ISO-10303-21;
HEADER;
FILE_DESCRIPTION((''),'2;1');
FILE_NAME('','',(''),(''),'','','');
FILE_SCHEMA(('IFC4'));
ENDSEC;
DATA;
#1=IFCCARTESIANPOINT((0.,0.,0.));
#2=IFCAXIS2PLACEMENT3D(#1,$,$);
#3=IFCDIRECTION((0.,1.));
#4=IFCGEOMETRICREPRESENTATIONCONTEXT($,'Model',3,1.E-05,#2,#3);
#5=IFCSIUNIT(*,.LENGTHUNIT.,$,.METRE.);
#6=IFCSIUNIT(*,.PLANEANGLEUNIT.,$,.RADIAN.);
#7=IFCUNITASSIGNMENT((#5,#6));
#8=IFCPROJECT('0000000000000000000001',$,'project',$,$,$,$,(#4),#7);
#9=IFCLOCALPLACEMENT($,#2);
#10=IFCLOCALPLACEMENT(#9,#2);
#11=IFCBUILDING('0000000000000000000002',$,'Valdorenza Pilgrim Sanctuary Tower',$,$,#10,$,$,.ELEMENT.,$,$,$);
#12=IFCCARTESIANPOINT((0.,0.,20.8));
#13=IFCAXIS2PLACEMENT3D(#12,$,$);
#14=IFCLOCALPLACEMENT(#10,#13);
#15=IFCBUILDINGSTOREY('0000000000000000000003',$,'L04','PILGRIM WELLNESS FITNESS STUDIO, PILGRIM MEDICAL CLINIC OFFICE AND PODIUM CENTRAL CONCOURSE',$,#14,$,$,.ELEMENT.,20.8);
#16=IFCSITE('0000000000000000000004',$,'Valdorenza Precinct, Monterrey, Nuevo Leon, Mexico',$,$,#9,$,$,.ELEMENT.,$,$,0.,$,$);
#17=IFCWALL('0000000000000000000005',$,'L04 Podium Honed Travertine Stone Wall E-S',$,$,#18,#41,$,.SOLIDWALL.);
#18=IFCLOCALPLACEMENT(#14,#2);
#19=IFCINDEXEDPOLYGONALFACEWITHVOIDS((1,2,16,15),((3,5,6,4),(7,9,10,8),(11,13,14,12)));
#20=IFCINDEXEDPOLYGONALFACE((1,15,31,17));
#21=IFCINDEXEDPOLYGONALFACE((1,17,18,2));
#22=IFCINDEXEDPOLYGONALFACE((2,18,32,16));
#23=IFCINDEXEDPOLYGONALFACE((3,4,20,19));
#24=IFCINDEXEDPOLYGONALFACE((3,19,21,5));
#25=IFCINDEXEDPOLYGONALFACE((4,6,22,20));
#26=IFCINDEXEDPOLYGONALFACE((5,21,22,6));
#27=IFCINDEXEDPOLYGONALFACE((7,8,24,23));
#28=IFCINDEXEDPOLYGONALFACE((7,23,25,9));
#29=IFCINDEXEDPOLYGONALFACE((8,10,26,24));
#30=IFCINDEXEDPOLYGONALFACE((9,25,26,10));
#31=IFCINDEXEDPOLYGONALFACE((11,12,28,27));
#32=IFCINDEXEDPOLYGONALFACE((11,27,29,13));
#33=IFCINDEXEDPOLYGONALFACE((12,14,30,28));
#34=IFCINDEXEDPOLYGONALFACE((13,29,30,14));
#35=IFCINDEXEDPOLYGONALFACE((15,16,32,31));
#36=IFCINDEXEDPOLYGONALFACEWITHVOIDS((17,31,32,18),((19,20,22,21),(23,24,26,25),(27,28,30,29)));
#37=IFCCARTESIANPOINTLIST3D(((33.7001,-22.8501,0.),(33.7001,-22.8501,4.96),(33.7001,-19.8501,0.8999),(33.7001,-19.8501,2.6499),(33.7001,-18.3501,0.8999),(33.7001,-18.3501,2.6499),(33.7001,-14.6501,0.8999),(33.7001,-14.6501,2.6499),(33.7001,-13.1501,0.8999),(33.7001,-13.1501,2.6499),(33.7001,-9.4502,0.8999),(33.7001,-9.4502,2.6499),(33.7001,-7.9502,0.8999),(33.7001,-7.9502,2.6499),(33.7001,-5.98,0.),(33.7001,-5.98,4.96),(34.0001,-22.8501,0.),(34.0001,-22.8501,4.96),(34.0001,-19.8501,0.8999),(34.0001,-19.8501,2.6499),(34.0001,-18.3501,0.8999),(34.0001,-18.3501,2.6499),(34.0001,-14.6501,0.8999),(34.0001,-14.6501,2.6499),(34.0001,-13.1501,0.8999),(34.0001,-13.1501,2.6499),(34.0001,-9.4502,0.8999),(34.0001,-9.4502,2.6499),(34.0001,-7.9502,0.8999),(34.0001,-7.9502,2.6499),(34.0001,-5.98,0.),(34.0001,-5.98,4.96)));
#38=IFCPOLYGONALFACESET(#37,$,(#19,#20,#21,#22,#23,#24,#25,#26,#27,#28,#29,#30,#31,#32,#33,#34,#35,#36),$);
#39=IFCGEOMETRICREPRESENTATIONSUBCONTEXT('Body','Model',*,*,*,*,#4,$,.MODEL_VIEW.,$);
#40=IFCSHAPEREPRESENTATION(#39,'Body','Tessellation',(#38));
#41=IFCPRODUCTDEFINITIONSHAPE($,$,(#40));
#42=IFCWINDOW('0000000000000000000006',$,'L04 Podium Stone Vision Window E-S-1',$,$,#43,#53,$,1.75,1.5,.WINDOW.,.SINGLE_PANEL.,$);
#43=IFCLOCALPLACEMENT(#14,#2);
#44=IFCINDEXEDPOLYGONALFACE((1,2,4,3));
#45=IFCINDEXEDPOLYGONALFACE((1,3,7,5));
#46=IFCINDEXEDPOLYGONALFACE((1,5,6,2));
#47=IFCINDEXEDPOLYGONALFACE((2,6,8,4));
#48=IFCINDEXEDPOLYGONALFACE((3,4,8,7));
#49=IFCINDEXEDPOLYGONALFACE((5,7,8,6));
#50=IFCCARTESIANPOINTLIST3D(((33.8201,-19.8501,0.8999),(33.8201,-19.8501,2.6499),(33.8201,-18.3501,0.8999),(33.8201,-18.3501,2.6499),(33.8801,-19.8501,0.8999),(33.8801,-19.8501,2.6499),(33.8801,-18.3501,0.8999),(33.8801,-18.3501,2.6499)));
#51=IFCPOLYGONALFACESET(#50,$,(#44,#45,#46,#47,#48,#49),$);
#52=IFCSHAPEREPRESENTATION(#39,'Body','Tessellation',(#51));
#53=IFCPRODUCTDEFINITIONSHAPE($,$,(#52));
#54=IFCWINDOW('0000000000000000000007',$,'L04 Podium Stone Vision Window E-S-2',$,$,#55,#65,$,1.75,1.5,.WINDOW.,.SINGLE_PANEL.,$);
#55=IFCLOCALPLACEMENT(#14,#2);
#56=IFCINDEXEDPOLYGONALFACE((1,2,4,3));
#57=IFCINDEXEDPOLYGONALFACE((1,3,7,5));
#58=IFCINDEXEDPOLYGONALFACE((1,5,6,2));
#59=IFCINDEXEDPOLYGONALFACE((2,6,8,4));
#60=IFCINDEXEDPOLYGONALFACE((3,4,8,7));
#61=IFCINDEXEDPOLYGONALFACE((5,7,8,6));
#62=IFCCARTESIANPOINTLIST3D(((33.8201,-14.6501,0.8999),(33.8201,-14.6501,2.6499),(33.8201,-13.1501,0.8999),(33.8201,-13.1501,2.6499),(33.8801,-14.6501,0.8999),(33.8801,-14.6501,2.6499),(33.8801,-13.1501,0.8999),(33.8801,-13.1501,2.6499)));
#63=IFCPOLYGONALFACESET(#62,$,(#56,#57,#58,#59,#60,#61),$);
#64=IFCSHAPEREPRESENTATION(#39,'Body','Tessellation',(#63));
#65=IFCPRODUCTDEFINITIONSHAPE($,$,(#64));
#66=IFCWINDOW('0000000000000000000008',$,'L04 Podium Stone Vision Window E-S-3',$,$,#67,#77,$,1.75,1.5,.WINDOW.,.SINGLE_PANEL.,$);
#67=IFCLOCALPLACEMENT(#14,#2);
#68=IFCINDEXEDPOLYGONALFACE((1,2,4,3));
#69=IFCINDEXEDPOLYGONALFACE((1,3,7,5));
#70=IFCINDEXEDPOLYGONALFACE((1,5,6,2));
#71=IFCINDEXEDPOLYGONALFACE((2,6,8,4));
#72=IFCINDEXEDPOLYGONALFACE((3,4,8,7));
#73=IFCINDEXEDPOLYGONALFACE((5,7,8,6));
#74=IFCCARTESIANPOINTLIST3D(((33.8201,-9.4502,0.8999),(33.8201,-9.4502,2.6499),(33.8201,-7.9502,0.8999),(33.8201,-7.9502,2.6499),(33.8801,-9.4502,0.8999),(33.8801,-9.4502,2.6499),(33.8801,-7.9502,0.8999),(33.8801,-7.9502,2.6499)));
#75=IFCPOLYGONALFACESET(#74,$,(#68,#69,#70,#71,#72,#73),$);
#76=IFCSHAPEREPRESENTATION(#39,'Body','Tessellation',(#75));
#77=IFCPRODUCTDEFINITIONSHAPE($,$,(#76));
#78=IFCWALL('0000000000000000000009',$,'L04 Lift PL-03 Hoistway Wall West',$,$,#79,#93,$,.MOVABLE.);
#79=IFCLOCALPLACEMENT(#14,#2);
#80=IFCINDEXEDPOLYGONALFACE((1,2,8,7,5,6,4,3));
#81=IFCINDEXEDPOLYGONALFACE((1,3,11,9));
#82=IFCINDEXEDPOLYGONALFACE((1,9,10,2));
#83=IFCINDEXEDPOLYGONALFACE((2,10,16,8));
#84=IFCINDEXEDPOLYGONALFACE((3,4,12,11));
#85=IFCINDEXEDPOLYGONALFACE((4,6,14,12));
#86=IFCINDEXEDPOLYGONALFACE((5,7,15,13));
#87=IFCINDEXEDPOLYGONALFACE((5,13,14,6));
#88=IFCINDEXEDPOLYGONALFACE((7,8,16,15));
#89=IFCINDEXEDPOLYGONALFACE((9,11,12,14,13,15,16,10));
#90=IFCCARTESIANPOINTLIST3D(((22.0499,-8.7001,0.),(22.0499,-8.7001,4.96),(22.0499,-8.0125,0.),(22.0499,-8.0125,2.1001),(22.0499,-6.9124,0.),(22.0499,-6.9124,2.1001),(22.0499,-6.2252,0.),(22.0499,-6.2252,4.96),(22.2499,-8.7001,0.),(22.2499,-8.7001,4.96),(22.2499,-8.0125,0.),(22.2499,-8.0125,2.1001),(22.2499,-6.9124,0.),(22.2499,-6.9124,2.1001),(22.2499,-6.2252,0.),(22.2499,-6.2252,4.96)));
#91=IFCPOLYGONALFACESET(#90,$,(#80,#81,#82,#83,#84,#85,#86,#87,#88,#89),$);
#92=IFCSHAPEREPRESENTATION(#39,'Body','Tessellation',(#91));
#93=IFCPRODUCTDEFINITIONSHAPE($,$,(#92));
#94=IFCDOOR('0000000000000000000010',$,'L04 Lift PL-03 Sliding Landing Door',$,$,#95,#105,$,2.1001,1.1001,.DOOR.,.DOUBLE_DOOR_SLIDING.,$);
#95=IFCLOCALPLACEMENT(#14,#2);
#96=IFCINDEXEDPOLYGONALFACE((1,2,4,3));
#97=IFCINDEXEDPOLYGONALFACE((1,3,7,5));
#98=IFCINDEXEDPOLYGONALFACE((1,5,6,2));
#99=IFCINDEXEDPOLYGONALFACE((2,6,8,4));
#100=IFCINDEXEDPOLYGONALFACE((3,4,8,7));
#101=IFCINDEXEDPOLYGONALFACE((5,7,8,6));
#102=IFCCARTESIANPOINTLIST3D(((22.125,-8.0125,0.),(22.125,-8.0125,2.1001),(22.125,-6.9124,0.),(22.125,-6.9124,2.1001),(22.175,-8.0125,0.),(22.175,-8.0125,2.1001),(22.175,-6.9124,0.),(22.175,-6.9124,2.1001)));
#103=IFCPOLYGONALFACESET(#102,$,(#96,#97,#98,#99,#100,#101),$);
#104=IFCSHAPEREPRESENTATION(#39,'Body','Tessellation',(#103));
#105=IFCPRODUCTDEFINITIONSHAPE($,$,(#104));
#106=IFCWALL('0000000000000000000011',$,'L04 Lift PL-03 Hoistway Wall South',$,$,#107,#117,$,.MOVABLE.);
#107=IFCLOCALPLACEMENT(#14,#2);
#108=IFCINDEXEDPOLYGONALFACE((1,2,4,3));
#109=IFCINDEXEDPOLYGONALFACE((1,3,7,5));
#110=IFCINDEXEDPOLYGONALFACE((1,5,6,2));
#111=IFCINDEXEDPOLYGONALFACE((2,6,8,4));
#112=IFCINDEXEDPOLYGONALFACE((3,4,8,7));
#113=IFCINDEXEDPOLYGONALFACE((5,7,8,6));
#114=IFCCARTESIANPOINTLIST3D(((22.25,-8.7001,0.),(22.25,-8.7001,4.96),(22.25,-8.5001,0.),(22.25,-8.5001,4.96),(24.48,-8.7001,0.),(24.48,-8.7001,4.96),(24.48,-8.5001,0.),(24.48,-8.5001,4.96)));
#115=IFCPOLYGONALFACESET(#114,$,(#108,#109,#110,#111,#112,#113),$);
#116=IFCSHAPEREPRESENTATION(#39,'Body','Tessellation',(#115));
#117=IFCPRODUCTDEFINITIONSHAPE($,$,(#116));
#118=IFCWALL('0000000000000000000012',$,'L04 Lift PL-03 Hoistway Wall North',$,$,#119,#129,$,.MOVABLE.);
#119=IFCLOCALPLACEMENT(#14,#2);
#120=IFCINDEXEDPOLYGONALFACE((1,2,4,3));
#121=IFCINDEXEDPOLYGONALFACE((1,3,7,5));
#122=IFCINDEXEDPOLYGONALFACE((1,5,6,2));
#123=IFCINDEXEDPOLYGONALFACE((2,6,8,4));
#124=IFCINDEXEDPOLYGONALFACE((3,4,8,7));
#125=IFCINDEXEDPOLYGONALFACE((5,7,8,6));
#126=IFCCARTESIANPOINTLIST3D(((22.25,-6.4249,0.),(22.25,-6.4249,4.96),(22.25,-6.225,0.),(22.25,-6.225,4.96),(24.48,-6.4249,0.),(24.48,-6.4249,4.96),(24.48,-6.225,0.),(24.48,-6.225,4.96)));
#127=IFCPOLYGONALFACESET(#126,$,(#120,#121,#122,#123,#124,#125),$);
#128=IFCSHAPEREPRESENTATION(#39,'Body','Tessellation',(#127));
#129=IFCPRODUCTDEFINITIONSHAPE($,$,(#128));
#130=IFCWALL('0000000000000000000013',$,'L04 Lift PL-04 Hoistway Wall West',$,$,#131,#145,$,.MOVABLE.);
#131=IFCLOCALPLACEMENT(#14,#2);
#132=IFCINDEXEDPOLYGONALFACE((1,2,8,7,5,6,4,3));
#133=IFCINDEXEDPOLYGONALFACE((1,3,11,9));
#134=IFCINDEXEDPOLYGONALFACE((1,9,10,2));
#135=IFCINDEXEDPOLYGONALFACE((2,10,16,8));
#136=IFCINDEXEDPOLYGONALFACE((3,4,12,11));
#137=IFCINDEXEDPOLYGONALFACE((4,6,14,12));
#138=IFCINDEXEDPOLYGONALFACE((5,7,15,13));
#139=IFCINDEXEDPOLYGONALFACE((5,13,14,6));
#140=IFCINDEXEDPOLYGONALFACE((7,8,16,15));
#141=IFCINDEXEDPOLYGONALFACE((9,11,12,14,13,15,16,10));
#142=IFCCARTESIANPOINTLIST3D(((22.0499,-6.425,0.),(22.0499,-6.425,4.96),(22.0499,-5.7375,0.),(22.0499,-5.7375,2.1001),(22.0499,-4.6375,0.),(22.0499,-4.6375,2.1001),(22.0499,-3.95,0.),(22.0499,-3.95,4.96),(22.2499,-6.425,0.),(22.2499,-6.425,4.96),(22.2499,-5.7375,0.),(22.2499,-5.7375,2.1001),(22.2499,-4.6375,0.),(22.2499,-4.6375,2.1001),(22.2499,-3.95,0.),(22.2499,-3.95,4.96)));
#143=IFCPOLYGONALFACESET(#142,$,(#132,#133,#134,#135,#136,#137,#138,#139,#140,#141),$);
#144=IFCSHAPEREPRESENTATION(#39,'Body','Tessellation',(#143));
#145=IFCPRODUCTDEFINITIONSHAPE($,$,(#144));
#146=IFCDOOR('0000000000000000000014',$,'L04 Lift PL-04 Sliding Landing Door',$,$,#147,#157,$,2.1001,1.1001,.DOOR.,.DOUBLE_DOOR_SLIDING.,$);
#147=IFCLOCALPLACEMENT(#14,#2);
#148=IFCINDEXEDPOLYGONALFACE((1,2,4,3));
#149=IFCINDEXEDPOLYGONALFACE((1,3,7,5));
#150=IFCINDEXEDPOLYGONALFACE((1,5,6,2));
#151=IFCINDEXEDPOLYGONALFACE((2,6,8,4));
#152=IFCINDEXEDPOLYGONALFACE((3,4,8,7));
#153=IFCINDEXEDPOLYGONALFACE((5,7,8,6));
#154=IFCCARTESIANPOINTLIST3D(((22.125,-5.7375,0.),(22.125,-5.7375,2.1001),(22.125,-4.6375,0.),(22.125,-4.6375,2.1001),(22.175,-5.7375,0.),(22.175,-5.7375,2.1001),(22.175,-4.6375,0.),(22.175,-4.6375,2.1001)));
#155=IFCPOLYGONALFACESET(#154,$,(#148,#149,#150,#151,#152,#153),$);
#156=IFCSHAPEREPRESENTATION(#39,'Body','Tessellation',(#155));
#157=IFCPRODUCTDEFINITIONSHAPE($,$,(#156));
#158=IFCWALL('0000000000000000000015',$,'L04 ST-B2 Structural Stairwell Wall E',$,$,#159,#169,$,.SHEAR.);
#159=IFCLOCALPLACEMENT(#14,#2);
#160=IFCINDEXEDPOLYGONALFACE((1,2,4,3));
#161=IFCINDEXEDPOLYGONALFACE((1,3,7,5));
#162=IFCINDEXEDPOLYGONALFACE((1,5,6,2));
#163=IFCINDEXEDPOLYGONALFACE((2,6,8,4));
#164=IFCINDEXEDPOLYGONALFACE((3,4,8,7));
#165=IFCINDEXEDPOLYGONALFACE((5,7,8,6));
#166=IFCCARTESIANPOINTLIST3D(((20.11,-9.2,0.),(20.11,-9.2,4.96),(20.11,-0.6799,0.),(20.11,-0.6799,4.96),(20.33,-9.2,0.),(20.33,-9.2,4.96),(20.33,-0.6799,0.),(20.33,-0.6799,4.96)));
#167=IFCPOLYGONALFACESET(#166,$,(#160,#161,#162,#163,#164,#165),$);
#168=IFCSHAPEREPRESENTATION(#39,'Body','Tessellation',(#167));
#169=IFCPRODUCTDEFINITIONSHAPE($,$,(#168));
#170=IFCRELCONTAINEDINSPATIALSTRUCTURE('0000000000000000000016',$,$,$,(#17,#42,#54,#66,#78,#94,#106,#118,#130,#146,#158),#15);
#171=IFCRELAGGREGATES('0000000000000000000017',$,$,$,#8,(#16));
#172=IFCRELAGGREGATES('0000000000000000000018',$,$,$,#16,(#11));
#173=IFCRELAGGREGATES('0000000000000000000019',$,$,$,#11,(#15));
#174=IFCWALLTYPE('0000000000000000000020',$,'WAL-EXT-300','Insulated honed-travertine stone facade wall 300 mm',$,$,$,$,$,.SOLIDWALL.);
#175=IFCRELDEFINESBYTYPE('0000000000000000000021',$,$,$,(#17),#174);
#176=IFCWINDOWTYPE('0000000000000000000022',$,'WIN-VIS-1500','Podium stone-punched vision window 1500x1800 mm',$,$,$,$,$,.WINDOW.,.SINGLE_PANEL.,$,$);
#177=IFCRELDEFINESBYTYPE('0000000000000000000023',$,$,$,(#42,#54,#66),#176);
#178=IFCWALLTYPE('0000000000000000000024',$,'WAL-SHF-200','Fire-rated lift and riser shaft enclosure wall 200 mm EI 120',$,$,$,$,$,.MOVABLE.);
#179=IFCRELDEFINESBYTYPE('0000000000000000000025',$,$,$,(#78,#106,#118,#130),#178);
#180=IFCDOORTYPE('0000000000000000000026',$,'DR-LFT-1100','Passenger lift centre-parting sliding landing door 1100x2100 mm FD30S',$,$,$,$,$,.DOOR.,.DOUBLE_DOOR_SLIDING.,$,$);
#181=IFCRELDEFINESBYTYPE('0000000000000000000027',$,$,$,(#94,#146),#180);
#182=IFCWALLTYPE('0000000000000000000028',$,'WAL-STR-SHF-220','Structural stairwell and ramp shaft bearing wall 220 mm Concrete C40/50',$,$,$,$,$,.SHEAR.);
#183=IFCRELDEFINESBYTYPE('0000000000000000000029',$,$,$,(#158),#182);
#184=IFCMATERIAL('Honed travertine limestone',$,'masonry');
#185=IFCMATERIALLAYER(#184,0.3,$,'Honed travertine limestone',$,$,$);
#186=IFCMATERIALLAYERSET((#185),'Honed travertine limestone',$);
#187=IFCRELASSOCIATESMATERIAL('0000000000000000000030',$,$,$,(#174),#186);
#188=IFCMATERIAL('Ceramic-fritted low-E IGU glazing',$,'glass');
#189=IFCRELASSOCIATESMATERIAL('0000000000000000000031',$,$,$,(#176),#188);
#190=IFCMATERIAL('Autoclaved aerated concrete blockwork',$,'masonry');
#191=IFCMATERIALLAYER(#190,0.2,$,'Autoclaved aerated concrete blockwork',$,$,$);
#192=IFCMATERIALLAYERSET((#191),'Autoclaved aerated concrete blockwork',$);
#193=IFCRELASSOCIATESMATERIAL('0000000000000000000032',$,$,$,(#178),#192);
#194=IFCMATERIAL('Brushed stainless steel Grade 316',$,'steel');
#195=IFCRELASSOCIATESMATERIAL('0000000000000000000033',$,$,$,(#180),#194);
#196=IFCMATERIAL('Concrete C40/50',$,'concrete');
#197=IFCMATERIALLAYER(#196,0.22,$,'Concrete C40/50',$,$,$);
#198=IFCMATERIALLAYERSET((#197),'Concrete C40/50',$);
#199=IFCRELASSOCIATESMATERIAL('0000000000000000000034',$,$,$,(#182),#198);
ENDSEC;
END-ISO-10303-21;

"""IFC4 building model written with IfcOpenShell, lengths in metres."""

from ifc_helpers import new_model, si_unit, direction, frame, frame_2d, origin, place, context, subcontext, project, spatial, rectangle, extrude, material, layer, layer_set, type_object, element, fill, save


model = new_model("IFC4")

# Units and contexts
model_context = context("Model", 3, precision=1e-05, world=origin(), true_north=direction((0.0, 1.0)))
body_context = subcontext(model_context, "Body", "Model", "MODEL_VIEW")
ifc_project = project(units=[si_unit("LENGTHUNIT", "METRE"), si_unit("PLANEANGLEUNIT", "RADIAN")], contexts=[model_context])

# Site, building, storey
site_placement = place(None, origin())
site = spatial("IfcSite", under=ifc_project, at=site_placement, Name="Valdorenza Precinct, Monterrey, Nuevo Leon, Mexico", CompositionType="ELEMENT", RefElevation=0.0)
building_placement = place(site_placement, origin())
building = spatial("IfcBuilding", under=site, at=building_placement, Name="Valdorenza Pilgrim Sanctuary Tower", CompositionType="ELEMENT")
storey_placement = place(building_placement, frame((0.0, 0.0, 20.8)))
storey = spatial("IfcBuildingStorey", under=building, at=storey_placement, Name="L04", Description="PILGRIM WELLNESS FITNESS STUDIO, PILGRIM MEDICAL CLINIC OFFICE AND PODIUM CENTRAL CONCOURSE", CompositionType="ELEMENT", Elevation=20.8)

# Wall, openings, windows
ifc_material_1 = material(Name="Honed travertine limestone", Category="masonry")
ifc_layer_1 = layer(ifc_material_1, 0.3, Name="Honed travertine limestone")
ifc_layer_set_1 = layer_set([ifc_layer_1], Name="Honed travertine limestone")
wall_type_1 = type_object("IfcWallType", Name="WAL-EXT-300", Description="Insulated honed-travertine stone facade wall 300 mm", PredefinedType="SOLIDWALL", material=ifc_layer_set_1)
wall_1_placement = place(storey_placement, frame((33.8501, -22.8501, 0.0), z_axis=(0.0, 0.0, 1.0), x_axis=(0.0, 1.0, 0.0)))
wall_1 = element("IfcWall", 1, at=wall_1_placement, inside=storey, type_object=wall_type_1, Name="L04 Podium Honed Travertine Stone Wall E-S", PredefinedType="SOLIDWALL", context=body_context, shape_type="SweptSolid", body=[
    extrude(rectangle(XDim=16.8701, YDim=0.3, at=frame_2d((8.4351, 0.0))), origin(), (0.0, 0.0, 1.0), 4.96),
])
opening_1_placement = place(wall_1_placement, frame((3.0, 0.0, 0.8999)))
opening_1 = element("IfcOpeningElement", 2, at=opening_1_placement, cuts=wall_1, PredefinedType="OPENING", context=body_context, shape_type="SweptSolid", body=[
    extrude(rectangle(XDim=1.5, YDim=1.75, at=frame_2d((0.75, 0.875))), frame((0.0, 0.165, 0.0), z_axis=(0.0, -1.0, 0.0), x_axis=(1.0, 0.0, 0.0)), (0.0, 0.0, 1.0), 0.3298),
])
opening_2_placement = place(wall_1_placement, frame((8.2, 0.0, 0.8999)))
opening_2 = element("IfcOpeningElement", 3, at=opening_2_placement, cuts=wall_1, PredefinedType="OPENING", context=body_context, shape_type="SweptSolid", body=[
    extrude(rectangle(XDim=1.5, YDim=1.75, at=frame_2d((0.75, 0.875))), frame((0.0, 0.165, 0.0), z_axis=(0.0, -1.0, 0.0), x_axis=(1.0, 0.0, 0.0)), (0.0, 0.0, 1.0), 0.3298),
])
opening_3_placement = place(wall_1_placement, frame((13.3999, 0.0, 0.8999)))
opening_3 = element("IfcOpeningElement", 4, at=opening_3_placement, cuts=wall_1, PredefinedType="OPENING", context=body_context, shape_type="SweptSolid", body=[
    extrude(rectangle(XDim=1.5, YDim=1.75, at=frame_2d((0.75, 0.875))), frame((0.0, 0.165, 0.0), z_axis=(0.0, -1.0, 0.0), x_axis=(1.0, 0.0, 0.0)), (0.0, 0.0, 1.0), 0.3298),
])
ifc_material_2 = material(Name="Ceramic-fritted low-E IGU glazing", Category="glass")
window_type = type_object("IfcWindowType", Name="WIN-VIS-1500", Description="Podium stone-punched vision window 1500x1800 mm", PartitioningType="SINGLE_PANEL", PredefinedType="WINDOW", material=ifc_material_2)
window_1_placement = place(opening_1_placement, origin())
window_1 = element("IfcWindow", 5, at=window_1_placement, inside=storey, type_object=window_type, Name="L04 Podium Stone Vision Window E-S-1", OverallHeight=1.75, OverallWidth=1.5, PartitioningType="SINGLE_PANEL", PredefinedType="WINDOW", context=body_context, shape_type="SweptSolid", body=[
    extrude(rectangle(XDim=1.5, YDim=1.75, at=frame_2d((0.75, 0.875))), frame((0.0, 0.03, 0.0), z_axis=(0.0, -1.0, 0.0), x_axis=(1.0, 0.0, 0.0)), (0.0, 0.0, 1.0), 0.0601),
])
fill(opening_1, window_1)
window_2_placement = place(opening_2_placement, origin())
window_2 = element("IfcWindow", 6, at=window_2_placement, inside=storey, type_object=window_type, Name="L04 Podium Stone Vision Window E-S-2", OverallHeight=1.75, OverallWidth=1.5, PartitioningType="SINGLE_PANEL", PredefinedType="WINDOW", context=body_context, shape_type="SweptSolid", body=[
    extrude(rectangle(XDim=1.5, YDim=1.75, at=frame_2d((0.75, 0.875))), frame((0.0, 0.03, 0.0), z_axis=(0.0, -1.0, 0.0), x_axis=(1.0, 0.0, 0.0)), (0.0, 0.0, 1.0), 0.0601),
])
fill(opening_2, window_2)
window_3_placement = place(opening_3_placement, origin())
window_3 = element("IfcWindow", 7, at=window_3_placement, inside=storey, type_object=window_type, Name="L04 Podium Stone Vision Window E-S-3", OverallHeight=1.75, OverallWidth=1.5, PartitioningType="SINGLE_PANEL", PredefinedType="WINDOW", context=body_context, shape_type="SweptSolid", body=[
    extrude(rectangle(XDim=1.5, YDim=1.75, at=frame_2d((0.75, 0.875))), frame((0.0, 0.03, 0.0), z_axis=(0.0, -1.0, 0.0), x_axis=(1.0, 0.0, 0.0)), (0.0, 0.0, 1.0), 0.0601),
])
fill(opening_3, window_3)

# Wall, opening, door
ifc_material_3 = material(Name="Autoclaved aerated concrete blockwork", Category="masonry")
ifc_layer_2 = layer(ifc_material_3, 0.2, Name="Autoclaved aerated concrete blockwork")
ifc_layer_set_2 = layer_set([ifc_layer_2], Name="Autoclaved aerated concrete blockwork")
wall_type_2 = type_object("IfcWallType", Name="WAL-SHF-200", Description="Fire-rated lift and riser shaft enclosure wall 200 mm EI 120", PredefinedType="MOVABLE", material=ifc_layer_set_2)
wall_2_placement = place(storey_placement, frame((22.1499, -8.7, 0.0), z_axis=(0.0, 0.0, 1.0), x_axis=(0.0, 1.0, 0.0)))
wall_2 = element("IfcWall", 8, at=wall_2_placement, inside=storey, type_object=wall_type_2, Name="L04 Lift PL-03 Hoistway Wall West", PredefinedType="MOVABLE", context=body_context, shape_type="SweptSolid", body=[
    extrude(rectangle(XDim=2.4749, YDim=0.2, at=frame_2d((1.2373, 0.0))), origin(), (0.0, 0.0, 1.0), 4.96),
])
opening_4_placement = place(wall_2_placement, frame((0.6875, 0.0, 0.0)))
opening_4 = element("IfcOpeningElement", 9, at=opening_4_placement, cuts=wall_2, PredefinedType="OPENING", context=body_context, shape_type="SweptSolid", body=[
    extrude(rectangle(XDim=1.1001, YDim=2.1001, at=frame_2d((0.55, 1.05))), frame((0.0, 0.1147, 0.0), z_axis=(0.0, -1.0, 0.0), x_axis=(1.0, 0.0, 0.0)), (0.0, 0.0, 1.0), 0.2297),
])
ifc_material_4 = material(Name="Brushed stainless steel Grade 316", Category="steel")
door_type_1 = type_object("IfcDoorType", Name="DR-LFT-1100", Description="Passenger lift centre-parting sliding landing door 1100x2100 mm FD30S", OperationType="DOUBLE_DOOR_SLIDING", PredefinedType="DOOR", material=ifc_material_4)
door_1_placement = place(opening_4_placement, origin())
door_1 = element("IfcDoor", 10, at=door_1_placement, inside=storey, type_object=door_type_1, Name="L04 Lift PL-03 Sliding Landing Door", OperationType="DOUBLE_DOOR_SLIDING", OverallHeight=2.1001, OverallWidth=1.1001, PredefinedType="DOOR", context=body_context, shape_type="SweptSolid", body=[
    extrude(rectangle(XDim=1.1001, YDim=2.1001, at=frame_2d((0.55, 1.05))), frame((0.0, 0.0249, 0.0), z_axis=(0.0, -1.0, 0.0), x_axis=(1.0, 0.0, 0.0)), (0.0, 0.0, 1.0), 0.05),
])
fill(opening_4, door_1)

# Walls
for number, where, z_axis, x_axis, name in (
    (11, (22.25, -8.6001, 0.0), (0.0, 0.0, 1.0), (1.0, 0.0, 0.0), "L04 Lift PL-03 Hoistway Wall South"),
    (12, (22.25, -6.325, 0.0), (0.0, 0.0, 1.0), (1.0, 0.0, 0.0), "L04 Lift PL-03 Hoistway Wall North"),
):
    element("IfcWall", number, at=place(storey_placement, frame(where, z_axis=z_axis, x_axis=x_axis)), inside=storey, type_object=wall_type_2, Name=name, PredefinedType="MOVABLE", context=body_context, shape_type="SweptSolid", body=[
        extrude(rectangle(XDim=2.23, YDim=0.2, at=frame_2d((1.115, 0.0))), origin(), (0.0, 0.0, 1.0), 4.96),
    ])

# Wall, opening, door
wall_3_placement = place(storey_placement, frame((22.1499, -6.425, 0.0), z_axis=(0.0, 0.0, 1.0), x_axis=(0.0, 1.0, 0.0)))
wall_3 = element("IfcWall", 13, at=wall_3_placement, inside=storey, type_object=wall_type_2, Name="L04 Lift PL-04 Hoistway Wall West", PredefinedType="MOVABLE", context=body_context, shape_type="SweptSolid", body=[
    extrude(rectangle(XDim=2.4751, YDim=0.2, at=frame_2d((1.2375, 0.0))), origin(), (0.0, 0.0, 1.0), 4.96),
])
opening_5_placement = place(wall_3_placement, frame((0.6875, 0.0, 0.0)))
opening_5 = element("IfcOpeningElement", 14, at=opening_5_placement, cuts=wall_3, PredefinedType="OPENING", context=body_context, shape_type="SweptSolid", body=[
    extrude(rectangle(XDim=1.1001, YDim=2.1001, at=frame_2d((0.55, 1.05))), frame((0.0, 0.1147, 0.0), z_axis=(0.0, -1.0, 0.0), x_axis=(1.0, 0.0, 0.0)), (0.0, 0.0, 1.0), 0.2297),
])
door_2_placement = place(opening_5_placement, origin())
door_2 = element("IfcDoor", 15, at=door_2_placement, inside=storey, type_object=door_type_1, Name="L04 Lift PL-04 Sliding Landing Door", OperationType="DOUBLE_DOOR_SLIDING", OverallHeight=2.1001, OverallWidth=1.1001, PredefinedType="DOOR", context=body_context, shape_type="SweptSolid", body=[
    extrude(rectangle(XDim=1.1001, YDim=2.1001, at=frame_2d((0.55, 1.05))), frame((0.0, 0.0249, 0.0), z_axis=(0.0, -1.0, 0.0), x_axis=(1.0, 0.0, 0.0)), (0.0, 0.0, 1.0), 0.05),
])
fill(opening_5, door_2)

# Wall
ifc_material_5 = material(Name="Concrete C40/50", Category="concrete")
ifc_layer_3 = layer(ifc_material_5, 0.22, Name="Concrete C40/50")
ifc_layer_set_3 = layer_set([ifc_layer_3], Name="Concrete C40/50")
wall_type_3 = type_object("IfcWallType", Name="WAL-STR-SHF-220", Description="Structural stairwell and ramp shaft bearing wall 220 mm Concrete C40/50", PredefinedType="SHEAR", material=ifc_layer_set_3)
wall_4_placement = place(storey_placement, frame((20.22, -9.2, 0.0), z_axis=(0.0, 0.0, 1.0), x_axis=(0.0, 1.0, 0.0)))
element("IfcWall", 16, at=wall_4_placement, inside=storey, type_object=wall_type_3, Name="L04 ST-B2 Structural Stairwell Wall E", PredefinedType="SHEAR", context=body_context, shape_type="SweptSolid", body=[
    extrude(rectangle(XDim=8.52, YDim=0.22, at=frame_2d((4.26, 0.0))), origin(), (0.0, 0.0, 1.0), 4.96),
])

save(model, "model.ifc")
